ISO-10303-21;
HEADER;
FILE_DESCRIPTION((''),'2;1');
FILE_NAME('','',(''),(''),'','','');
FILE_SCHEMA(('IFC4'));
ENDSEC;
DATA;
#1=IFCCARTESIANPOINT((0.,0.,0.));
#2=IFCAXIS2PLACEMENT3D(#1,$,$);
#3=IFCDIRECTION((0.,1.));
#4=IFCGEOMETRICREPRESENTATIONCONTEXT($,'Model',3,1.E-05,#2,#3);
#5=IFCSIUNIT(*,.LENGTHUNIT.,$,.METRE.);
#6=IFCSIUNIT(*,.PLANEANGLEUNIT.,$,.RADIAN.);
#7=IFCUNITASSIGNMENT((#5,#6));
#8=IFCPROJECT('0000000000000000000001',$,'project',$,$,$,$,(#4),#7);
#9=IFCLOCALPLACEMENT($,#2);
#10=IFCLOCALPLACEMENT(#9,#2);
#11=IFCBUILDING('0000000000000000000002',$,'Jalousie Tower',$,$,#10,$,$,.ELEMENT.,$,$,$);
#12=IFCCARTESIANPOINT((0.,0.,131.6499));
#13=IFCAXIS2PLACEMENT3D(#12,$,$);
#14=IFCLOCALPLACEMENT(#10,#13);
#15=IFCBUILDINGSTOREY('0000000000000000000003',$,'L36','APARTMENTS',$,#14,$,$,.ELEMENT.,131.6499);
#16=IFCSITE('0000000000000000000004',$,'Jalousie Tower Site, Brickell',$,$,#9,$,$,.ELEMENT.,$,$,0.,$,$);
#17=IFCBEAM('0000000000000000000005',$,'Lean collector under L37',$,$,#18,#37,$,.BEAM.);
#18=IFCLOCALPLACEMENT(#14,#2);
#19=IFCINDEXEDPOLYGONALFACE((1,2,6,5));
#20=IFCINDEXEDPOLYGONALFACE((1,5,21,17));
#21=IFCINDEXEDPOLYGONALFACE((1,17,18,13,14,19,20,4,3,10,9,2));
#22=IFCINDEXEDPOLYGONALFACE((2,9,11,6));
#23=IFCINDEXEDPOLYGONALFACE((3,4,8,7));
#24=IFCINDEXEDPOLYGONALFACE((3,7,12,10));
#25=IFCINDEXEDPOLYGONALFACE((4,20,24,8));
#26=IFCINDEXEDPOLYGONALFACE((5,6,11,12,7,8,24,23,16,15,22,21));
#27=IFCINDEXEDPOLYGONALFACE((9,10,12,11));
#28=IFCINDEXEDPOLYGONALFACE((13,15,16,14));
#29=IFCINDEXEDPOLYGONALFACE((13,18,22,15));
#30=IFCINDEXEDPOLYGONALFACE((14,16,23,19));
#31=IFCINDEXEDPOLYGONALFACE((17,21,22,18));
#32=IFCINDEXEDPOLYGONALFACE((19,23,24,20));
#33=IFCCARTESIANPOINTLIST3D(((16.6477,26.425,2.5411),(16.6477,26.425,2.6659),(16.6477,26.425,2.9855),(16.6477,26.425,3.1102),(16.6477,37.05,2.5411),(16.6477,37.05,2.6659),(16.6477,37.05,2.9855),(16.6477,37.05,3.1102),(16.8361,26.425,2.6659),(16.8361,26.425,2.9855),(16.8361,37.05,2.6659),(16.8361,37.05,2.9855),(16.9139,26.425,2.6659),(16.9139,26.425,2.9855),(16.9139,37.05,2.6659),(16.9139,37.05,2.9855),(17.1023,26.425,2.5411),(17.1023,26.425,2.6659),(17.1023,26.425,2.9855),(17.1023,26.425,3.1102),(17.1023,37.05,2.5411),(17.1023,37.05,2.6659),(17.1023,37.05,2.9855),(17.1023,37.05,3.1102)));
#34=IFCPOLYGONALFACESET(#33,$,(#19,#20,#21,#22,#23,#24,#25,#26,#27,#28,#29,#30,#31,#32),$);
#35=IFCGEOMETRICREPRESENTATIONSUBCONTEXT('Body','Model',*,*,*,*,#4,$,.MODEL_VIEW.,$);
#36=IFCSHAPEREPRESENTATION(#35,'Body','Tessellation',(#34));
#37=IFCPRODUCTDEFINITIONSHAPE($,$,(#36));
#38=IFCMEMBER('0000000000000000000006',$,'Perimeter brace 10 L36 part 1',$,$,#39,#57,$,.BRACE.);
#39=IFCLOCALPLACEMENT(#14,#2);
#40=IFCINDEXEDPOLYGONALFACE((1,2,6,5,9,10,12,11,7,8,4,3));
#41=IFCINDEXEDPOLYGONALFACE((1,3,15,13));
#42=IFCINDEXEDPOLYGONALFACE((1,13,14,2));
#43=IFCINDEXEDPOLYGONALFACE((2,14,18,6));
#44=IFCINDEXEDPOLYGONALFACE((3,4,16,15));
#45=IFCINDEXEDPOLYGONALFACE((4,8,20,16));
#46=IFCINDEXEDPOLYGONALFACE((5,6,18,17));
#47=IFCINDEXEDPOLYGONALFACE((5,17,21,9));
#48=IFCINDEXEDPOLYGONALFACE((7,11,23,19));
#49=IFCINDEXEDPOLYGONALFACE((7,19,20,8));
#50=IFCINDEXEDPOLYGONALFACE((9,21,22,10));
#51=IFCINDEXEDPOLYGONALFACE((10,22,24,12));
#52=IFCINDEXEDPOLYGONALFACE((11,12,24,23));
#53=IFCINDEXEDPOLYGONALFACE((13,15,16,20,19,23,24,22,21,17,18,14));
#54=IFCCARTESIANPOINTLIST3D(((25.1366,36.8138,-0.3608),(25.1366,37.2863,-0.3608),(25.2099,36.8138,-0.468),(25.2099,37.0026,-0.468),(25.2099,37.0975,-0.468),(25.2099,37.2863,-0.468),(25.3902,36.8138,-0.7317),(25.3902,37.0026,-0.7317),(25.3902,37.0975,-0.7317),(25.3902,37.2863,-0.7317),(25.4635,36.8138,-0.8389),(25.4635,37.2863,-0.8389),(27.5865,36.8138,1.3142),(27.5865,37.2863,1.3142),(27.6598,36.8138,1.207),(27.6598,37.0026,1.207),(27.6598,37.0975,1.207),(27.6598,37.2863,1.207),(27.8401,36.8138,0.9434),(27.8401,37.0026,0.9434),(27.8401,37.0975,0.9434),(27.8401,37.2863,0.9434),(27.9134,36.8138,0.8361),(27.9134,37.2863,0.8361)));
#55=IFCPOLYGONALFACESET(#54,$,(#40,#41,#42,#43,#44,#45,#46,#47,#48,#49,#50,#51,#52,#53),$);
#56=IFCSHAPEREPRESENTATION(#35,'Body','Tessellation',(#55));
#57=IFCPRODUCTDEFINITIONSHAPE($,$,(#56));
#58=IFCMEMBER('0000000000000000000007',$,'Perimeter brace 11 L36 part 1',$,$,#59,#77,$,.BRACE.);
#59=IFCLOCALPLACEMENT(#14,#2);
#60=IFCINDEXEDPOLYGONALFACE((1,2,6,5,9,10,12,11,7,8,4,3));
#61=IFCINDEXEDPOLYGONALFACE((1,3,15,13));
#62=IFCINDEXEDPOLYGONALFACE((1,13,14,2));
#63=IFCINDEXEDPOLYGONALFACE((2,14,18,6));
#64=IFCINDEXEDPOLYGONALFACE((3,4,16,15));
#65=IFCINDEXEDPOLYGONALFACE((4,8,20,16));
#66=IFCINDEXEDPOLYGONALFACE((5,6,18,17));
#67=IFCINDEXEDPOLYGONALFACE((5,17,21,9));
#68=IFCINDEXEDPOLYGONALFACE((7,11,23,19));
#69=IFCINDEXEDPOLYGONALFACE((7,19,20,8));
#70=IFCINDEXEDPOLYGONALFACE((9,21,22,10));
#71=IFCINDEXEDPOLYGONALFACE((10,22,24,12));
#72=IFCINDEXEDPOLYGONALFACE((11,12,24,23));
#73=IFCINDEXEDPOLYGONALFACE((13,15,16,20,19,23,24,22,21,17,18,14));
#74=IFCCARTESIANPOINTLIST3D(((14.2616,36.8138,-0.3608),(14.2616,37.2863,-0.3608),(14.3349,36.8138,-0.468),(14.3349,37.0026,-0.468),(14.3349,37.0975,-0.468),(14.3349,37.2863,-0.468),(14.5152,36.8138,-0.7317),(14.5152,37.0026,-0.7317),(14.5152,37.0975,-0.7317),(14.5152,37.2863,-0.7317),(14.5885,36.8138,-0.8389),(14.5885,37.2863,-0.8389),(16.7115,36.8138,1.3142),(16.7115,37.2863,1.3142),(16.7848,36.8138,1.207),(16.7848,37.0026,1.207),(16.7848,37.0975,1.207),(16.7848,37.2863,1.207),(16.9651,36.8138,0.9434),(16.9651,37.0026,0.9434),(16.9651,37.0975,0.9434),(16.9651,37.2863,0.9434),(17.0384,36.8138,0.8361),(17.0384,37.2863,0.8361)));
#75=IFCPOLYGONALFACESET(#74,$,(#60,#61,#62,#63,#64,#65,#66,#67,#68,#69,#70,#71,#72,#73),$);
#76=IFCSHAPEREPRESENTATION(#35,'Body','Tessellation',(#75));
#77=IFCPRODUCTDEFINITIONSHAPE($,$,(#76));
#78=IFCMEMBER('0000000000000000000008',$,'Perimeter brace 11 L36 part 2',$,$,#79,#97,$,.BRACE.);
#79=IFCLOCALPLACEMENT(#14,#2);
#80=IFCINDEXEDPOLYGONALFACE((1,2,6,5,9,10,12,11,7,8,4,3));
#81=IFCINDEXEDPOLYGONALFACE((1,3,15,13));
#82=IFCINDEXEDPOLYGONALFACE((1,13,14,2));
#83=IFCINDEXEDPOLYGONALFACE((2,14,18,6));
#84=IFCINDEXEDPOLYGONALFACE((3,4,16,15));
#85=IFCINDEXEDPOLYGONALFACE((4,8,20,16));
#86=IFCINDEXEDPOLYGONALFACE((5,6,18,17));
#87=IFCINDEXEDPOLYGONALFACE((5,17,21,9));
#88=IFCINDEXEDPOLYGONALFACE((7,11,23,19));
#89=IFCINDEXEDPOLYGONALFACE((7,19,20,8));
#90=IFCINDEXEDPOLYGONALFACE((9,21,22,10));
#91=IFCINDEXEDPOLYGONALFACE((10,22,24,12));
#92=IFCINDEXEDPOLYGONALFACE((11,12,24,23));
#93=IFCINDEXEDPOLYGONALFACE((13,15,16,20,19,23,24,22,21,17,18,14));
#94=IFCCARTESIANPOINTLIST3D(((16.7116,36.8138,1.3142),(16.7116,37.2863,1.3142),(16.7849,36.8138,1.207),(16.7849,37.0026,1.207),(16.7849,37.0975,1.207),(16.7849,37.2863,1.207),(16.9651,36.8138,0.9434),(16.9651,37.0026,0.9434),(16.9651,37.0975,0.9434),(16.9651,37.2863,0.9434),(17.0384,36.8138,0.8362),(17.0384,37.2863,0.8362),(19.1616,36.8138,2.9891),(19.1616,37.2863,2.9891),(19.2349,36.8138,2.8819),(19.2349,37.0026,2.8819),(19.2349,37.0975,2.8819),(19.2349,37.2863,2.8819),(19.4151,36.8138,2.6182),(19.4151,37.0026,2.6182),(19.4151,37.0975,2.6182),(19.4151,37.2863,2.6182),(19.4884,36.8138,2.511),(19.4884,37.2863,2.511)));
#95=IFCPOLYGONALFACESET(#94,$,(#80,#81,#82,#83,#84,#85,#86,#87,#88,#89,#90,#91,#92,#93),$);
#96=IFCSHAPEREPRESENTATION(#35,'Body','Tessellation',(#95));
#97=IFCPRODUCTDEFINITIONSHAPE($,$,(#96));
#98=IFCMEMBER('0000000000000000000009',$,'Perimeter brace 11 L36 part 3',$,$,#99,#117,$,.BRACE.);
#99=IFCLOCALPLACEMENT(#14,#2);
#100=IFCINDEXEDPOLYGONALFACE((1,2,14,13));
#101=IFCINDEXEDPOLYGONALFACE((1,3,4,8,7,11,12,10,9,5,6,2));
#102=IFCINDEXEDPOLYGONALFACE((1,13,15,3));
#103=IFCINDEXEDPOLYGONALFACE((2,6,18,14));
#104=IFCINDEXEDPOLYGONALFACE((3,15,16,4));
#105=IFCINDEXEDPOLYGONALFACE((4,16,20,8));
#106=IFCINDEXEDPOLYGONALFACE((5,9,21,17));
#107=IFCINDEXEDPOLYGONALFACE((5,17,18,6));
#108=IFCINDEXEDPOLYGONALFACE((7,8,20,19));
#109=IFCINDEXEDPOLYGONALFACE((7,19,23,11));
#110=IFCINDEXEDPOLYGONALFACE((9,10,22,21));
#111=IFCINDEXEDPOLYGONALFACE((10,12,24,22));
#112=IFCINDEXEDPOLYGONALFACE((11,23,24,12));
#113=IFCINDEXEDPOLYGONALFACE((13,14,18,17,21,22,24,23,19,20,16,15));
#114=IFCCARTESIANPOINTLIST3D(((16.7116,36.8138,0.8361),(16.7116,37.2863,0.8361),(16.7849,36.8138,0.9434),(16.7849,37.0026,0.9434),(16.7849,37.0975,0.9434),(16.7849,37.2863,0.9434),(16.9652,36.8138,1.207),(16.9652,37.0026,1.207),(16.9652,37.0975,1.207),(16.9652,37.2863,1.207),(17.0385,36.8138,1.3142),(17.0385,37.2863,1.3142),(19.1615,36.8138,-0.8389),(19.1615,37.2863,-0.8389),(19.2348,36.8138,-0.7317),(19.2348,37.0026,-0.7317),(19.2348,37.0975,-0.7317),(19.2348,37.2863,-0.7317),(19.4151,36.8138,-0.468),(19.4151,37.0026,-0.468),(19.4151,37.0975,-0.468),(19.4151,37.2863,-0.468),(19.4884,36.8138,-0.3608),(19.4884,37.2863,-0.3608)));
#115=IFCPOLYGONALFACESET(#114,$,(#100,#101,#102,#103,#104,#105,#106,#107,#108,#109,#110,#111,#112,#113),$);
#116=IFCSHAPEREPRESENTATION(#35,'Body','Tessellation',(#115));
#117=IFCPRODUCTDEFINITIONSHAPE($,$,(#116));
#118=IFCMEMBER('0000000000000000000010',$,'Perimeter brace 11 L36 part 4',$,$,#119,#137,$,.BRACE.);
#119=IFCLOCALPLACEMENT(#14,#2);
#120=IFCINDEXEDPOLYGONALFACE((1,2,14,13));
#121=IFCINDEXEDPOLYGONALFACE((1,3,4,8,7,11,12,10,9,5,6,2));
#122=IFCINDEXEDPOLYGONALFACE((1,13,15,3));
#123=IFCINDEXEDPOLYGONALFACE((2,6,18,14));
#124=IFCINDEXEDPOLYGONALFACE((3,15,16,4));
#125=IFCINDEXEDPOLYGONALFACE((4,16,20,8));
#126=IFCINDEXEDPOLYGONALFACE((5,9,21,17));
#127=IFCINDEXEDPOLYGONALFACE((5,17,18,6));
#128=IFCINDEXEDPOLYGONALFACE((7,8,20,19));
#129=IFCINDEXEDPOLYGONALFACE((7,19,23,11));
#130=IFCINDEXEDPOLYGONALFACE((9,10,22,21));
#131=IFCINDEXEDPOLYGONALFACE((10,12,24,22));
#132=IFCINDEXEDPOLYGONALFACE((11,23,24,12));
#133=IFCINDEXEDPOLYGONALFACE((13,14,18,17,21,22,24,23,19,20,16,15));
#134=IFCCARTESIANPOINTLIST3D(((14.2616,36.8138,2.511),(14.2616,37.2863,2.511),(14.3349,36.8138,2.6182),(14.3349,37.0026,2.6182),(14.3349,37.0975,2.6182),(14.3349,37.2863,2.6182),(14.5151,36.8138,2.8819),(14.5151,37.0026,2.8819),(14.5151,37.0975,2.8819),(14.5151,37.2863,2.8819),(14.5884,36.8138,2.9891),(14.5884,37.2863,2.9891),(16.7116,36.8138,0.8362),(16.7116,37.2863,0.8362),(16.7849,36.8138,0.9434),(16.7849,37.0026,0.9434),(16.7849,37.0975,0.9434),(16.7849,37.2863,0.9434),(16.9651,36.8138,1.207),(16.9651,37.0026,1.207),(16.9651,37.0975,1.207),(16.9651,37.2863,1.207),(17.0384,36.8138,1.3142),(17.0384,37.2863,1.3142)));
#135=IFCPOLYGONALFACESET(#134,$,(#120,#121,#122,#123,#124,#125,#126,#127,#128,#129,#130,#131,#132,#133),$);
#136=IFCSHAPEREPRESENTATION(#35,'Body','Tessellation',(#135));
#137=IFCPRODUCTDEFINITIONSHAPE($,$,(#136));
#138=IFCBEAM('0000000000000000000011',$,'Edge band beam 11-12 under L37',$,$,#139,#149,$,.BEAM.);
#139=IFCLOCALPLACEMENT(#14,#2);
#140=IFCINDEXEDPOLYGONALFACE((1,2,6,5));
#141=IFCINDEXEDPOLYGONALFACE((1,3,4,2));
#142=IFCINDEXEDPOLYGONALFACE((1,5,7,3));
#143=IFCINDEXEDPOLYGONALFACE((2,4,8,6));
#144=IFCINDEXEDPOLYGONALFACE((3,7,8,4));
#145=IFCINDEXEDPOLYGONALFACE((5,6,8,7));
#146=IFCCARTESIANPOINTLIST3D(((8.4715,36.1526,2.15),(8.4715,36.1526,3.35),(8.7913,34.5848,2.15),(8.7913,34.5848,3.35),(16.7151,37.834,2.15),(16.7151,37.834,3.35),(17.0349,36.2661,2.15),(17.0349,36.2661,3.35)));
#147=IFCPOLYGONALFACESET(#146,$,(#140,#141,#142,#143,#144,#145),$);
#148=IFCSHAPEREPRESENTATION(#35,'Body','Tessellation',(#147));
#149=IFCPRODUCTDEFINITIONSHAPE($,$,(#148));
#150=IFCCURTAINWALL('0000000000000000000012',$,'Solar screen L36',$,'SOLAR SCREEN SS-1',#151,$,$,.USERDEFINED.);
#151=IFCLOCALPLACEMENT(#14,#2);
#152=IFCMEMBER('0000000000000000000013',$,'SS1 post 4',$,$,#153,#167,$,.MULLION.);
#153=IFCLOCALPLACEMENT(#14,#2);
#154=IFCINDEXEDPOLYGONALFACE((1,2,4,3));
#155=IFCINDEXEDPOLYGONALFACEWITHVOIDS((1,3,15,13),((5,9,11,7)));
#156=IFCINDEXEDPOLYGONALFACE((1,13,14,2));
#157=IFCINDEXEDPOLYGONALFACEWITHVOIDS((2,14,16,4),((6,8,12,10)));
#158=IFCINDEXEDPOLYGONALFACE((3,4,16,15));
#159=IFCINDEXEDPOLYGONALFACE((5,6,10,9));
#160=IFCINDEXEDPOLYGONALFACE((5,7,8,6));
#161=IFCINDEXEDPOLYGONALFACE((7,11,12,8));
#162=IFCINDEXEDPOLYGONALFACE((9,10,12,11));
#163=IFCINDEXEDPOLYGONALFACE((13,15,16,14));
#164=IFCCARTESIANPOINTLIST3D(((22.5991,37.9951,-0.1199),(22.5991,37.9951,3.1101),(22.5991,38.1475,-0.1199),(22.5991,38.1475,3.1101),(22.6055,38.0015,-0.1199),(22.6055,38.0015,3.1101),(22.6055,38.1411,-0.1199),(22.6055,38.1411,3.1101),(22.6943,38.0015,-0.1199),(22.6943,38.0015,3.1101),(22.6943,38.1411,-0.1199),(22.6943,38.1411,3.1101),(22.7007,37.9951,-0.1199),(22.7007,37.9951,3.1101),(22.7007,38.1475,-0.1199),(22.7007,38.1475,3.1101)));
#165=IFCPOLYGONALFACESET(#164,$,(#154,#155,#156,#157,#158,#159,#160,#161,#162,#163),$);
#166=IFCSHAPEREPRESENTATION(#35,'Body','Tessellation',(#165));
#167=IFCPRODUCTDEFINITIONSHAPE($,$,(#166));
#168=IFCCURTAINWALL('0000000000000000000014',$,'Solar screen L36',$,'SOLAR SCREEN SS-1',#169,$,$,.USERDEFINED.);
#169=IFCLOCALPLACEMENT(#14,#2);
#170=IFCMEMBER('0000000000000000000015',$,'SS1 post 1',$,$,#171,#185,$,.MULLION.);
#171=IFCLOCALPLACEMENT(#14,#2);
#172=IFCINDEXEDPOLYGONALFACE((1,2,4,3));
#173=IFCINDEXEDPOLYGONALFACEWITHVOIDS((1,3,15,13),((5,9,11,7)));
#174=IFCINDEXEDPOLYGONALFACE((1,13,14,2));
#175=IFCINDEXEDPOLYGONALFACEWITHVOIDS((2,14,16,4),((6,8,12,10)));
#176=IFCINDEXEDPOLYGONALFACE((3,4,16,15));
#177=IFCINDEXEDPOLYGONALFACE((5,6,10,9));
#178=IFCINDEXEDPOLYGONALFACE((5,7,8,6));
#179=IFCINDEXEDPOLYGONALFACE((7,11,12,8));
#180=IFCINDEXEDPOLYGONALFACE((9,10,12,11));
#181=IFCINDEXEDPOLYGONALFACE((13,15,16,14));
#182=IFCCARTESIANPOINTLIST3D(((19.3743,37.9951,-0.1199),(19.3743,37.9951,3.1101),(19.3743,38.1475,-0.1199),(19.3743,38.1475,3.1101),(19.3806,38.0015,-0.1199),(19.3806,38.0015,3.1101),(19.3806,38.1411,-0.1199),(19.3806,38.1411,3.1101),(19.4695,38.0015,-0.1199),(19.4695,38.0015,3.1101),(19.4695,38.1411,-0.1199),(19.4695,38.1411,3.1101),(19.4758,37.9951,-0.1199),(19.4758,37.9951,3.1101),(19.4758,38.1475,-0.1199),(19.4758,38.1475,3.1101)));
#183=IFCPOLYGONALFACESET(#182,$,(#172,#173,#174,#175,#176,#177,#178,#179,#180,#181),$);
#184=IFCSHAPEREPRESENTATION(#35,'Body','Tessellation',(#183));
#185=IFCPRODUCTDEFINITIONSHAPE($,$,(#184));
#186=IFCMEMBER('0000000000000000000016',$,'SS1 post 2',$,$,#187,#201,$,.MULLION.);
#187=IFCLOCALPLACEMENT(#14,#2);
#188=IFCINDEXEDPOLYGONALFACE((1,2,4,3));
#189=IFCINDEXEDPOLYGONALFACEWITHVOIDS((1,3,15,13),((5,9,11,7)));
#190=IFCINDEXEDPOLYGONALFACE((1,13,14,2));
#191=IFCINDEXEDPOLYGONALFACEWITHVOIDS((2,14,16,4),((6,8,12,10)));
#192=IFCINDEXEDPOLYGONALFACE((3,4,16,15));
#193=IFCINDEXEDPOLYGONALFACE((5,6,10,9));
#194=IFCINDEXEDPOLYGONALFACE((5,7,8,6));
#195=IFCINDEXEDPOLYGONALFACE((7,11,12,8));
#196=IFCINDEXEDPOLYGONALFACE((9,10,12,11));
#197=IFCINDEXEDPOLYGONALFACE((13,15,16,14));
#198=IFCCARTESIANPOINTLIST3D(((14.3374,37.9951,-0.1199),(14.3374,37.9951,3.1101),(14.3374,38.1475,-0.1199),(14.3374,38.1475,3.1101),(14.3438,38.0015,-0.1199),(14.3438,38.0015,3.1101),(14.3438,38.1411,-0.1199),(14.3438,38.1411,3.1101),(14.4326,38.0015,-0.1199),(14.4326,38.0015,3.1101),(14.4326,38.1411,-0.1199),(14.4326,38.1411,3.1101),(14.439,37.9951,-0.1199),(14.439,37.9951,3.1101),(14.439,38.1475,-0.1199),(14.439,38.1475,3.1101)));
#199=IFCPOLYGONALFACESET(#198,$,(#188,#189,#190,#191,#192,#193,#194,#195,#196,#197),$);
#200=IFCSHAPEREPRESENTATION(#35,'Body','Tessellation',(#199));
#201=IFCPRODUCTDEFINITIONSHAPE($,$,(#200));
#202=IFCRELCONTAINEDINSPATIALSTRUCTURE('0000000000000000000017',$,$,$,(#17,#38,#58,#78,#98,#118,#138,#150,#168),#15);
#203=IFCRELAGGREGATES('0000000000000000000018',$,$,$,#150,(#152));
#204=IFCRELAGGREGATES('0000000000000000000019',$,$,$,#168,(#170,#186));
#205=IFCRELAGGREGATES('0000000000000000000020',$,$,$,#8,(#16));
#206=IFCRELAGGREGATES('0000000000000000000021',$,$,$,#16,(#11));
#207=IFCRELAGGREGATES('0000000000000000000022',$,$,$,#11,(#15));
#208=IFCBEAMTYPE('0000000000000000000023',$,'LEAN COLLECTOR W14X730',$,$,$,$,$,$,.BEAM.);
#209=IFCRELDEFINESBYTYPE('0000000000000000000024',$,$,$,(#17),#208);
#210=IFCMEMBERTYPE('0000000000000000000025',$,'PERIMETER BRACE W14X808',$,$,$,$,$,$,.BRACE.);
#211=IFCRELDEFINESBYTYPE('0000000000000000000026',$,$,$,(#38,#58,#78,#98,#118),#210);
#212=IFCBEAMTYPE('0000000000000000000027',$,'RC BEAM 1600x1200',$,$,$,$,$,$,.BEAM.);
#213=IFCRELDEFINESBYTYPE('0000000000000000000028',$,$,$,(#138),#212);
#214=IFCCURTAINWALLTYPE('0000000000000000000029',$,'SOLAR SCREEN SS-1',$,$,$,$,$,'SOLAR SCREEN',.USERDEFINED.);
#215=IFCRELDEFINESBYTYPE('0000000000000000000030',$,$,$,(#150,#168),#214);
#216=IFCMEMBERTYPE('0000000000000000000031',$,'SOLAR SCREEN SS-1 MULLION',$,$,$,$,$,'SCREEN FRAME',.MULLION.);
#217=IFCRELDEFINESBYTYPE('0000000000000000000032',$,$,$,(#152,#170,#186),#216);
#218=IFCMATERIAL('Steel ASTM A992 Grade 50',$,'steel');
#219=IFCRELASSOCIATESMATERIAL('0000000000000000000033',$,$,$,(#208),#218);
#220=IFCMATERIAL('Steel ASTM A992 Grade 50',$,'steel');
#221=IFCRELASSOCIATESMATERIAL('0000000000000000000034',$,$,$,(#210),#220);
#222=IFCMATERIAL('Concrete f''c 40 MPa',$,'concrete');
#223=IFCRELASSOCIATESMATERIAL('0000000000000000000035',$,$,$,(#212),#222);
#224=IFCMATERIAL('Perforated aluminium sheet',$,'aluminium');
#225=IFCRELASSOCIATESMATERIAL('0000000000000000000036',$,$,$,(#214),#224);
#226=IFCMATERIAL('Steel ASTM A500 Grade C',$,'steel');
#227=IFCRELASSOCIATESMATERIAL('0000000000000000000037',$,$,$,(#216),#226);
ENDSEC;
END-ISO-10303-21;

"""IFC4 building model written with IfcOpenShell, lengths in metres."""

from ifc_helpers import new_model, si_unit, direction, frame, origin, origin_2d, place, context, subcontext, project, spatial, rectangle, hollow_rectangle, i_section, extrude, material, material_profile, profile_set, type_object, element, aggregate, save


model = new_model("IFC4")

# Units and contexts
model_context = context("Model", 3, precision=1e-05, world=origin(), true_north=direction((0.0, 1.0)))
body_context = subcontext(model_context, "Body", "Model", "MODEL_VIEW")
ifc_project = project(units=[si_unit("LENGTHUNIT", "METRE"), si_unit("PLANEANGLEUNIT", "RADIAN")], contexts=[model_context])

# Site, building, storey
site_placement = place(None, origin())
site = spatial("IfcSite", under=ifc_project, at=site_placement, Name="Jalousie Tower Site, Brickell", CompositionType="ELEMENT", RefElevation=0.0)
building_placement = place(site_placement, origin())
building = spatial("IfcBuilding", under=site, at=building_placement, Name="Jalousie Tower", CompositionType="ELEMENT")
storey_placement = place(building_placement, frame((0.0, 0.0, 131.6499)))
storey = spatial("IfcBuildingStorey", under=building, at=storey_placement, Name="L36", Description="APARTMENTS", CompositionType="ELEMENT", Elevation=131.6499)

# Beam
ifc_material_1 = material(Name="Steel ASTM A992 Grade 50", Category="steel")
ifc_material_profile_1 = material_profile(ifc_material_1, i_section(OverallWidth=0.4546, OverallDepth=0.5691, WebThickness=0.0779, FlangeThickness=0.1248, at=origin_2d()), Name="W14X730")
ifc_profile_set_1 = profile_set([ifc_material_profile_1], Name="Steel ASTM A992 Grade 50")
beam_type_1 = type_object("IfcBeamType", Name="LEAN COLLECTOR W14X730", PredefinedType="BEAM", material=ifc_profile_set_1)
beam_1_placement = place(storey_placement, frame((16.875, 37.05, 2.8257), z_axis=(0.0, -1.0, 0.0), x_axis=(1.0, 0.0, 0.0)))
element("IfcBeam", 1, at=beam_1_placement, inside=storey, type_object=beam_type_1, Name="Lean collector under L37", PredefinedType="BEAM", context=body_context, shape_type="SweptSolid", body=[
    extrude(i_section(OverallWidth=0.4546, OverallDepth=0.5691, WebThickness=0.0779, FlangeThickness=0.1248, at=origin_2d()), origin(), (0.0, 0.0, 1.0), 10.625),
])

# Members
ifc_material_2 = material(Name="Steel ASTM A992 Grade 50", Category="steel")
ifc_material_profile_2 = material_profile(ifc_material_2, i_section(OverallWidth=0.4724, OverallDepth=0.5791, WebThickness=0.095, FlangeThickness=0.1299, at=origin_2d()), Name="W14X808")
ifc_profile_set_2 = profile_set([ifc_material_profile_2], Name="Steel ASTM A992 Grade 50")
member_type_1 = type_object("IfcMemberType", Name="PERIMETER BRACE W14X808", PredefinedType="BRACE", material=ifc_profile_set_2)
for number, where, z_axis, x_axis, name in (
    (2, (25.3, 37.05, -0.5999), (0.825501, 0.0, 0.564401), (0.0, 1.0, 0.0), "Perimeter brace 10 L36 part 1"),
    (3, (14.425, 37.05, -0.5999), (0.825501, 0.0, 0.564401), (0.0, 1.0, 0.0), "Perimeter brace 11 L36 part 1"),
    (4, (16.875, 37.05, 1.0752), (0.825539, 0.0, 0.564345), (0.0, 1.0, 0.0), "Perimeter brace 11 L36 part 2"),
    (5, (19.325, 37.05, -0.5999), (-0.825501, 0.0, 0.564401), (0.0, -1.0, 0.0), "Perimeter brace 11 L36 part 3"),
    (6, (16.875, 37.05, 1.0752), (-0.825539, 0.0, 0.564345), (0.0, -1.0, 0.0), "Perimeter brace 11 L36 part 4"),
):
    element("IfcMember", number, at=place(storey_placement, frame(where, z_axis=z_axis, x_axis=x_axis)), inside=storey, type_object=member_type_1, Name=name, PredefinedType="BRACE", context=body_context, shape_type="SweptSolid", body=[
        extrude(i_section(OverallWidth=0.4724, OverallDepth=0.5791, WebThickness=0.095, FlangeThickness=0.1299, at=origin_2d()), origin(), (0.0, 0.0, 1.0), 2.9678),
    ])

# Beam
ifc_material_3 = material(Name="Concrete f'c 40 MPa", Category="concrete")
ifc_material_profile_3 = material_profile(ifc_material_3, rectangle(XDim=1.6001, YDim=1.2, at=origin_2d()), Name="RC 1600x1200")
ifc_profile_set_3 = profile_set([ifc_material_profile_3], Name="Concrete f'c 40 MPa")
beam_type_2 = type_object("IfcBeamType", Name="RC BEAM 1600x1200", PredefinedType="BEAM", material=ifc_profile_set_3)
beam_2_placement = place(storey_placement, frame((16.875, 37.05, 2.75), z_axis=(-0.979827, -0.199848, 0.0), x_axis=(0.199848, -0.979827, 0.0)))
element("IfcBeam", 7, at=beam_2_placement, inside=storey, type_object=beam_type_2, Name="Edge band beam 11-12 under L37", PredefinedType="BEAM", context=body_context, shape_type="SweptSolid", body=[
    extrude(rectangle(XDim=1.6001, YDim=1.2, at=origin_2d()), origin(), (0.0, 0.0, 1.0), 8.4133),
])

# Curtain wall, member
ifc_material_4 = material(Name="Perforated aluminium sheet", Category="aluminium")
curtain_wall_type = type_object("IfcCurtainWallType", Name="SOLAR SCREEN SS-1", ElementType="SOLAR SCREEN", PredefinedType="USERDEFINED", material=ifc_material_4)
curtain_wall_1_placement = place(storey_placement, origin())
curtain_wall_1 = element("IfcCurtainWall", 8, at=curtain_wall_1_placement, inside=storey, type_object=curtain_wall_type, Name="Solar screen L36", ObjectType="SOLAR SCREEN SS-1", PredefinedType="USERDEFINED")
ifc_material_5 = material(Name="Steel ASTM A500 Grade C", Category="steel")
ifc_material_profile_4 = material_profile(ifc_material_5, hollow_rectangle(XDim=0.1016, YDim=0.1523, WallThickness=0.0063, at=origin_2d()), Name="HSS6X4X1/4")
ifc_profile_set_4 = profile_set([ifc_material_profile_4], Name="Steel ASTM A500 Grade C")
member_type_2 = type_object("IfcMemberType", Name="SOLAR SCREEN SS-1 MULLION", ElementType="SCREEN FRAME", PredefinedType="MULLION", material=ifc_profile_set_4)
member_1_placement = place(storey_placement, frame((22.6499, 38.0713, -0.1199), z_axis=(0.0, 0.0, 1.0), x_axis=(-1.0, 0.0, 0.0)))
member_1 = element("IfcMember", 9, at=member_1_placement, type_object=member_type_2, Name="SS1 post 4", PredefinedType="MULLION", context=body_context, shape_type="SweptSolid", body=[
    extrude(hollow_rectangle(XDim=0.1016, YDim=0.1523, WallThickness=0.0063, at=origin_2d()), origin(), (0.0, 0.0, 1.0), 3.23),
])

# Curtain wall, members
curtain_wall_2_placement = place(storey_placement, origin())
curtain_wall_2 = element("IfcCurtainWall", 10, at=curtain_wall_2_placement, inside=storey, type_object=curtain_wall_type, Name="Solar screen L36", ObjectType="SOLAR SCREEN SS-1", PredefinedType="USERDEFINED")
member_2_placement = place(storey_placement, frame((19.425, 38.0713, -0.1199), z_axis=(0.0, 0.0, 1.0), x_axis=(-1.0, 0.0, 0.0)))
member_2 = element("IfcMember", 11, at=member_2_placement, type_object=member_type_2, Name="SS1 post 1", PredefinedType="MULLION", context=body_context, shape_type="SweptSolid", body=[
    extrude(hollow_rectangle(XDim=0.1016, YDim=0.1523, WallThickness=0.0063, at=origin_2d()), origin(), (0.0, 0.0, 1.0), 3.23),
])
member_3_placement = place(storey_placement, frame((14.3882, 38.0713, -0.1199), z_axis=(0.0, 0.0, 1.0), x_axis=(-1.0, 0.0, 0.0)))
member_3 = element("IfcMember", 12, at=member_3_placement, type_object=member_type_2, Name="SS1 post 2", PredefinedType="MULLION", context=body_context, shape_type="SweptSolid", body=[
    extrude(hollow_rectangle(XDim=0.1016, YDim=0.1523, WallThickness=0.0063, at=origin_2d()), origin(), (0.0, 0.0, 1.0), 3.23),
])

aggregate(curtain_wall_1, [member_1])
aggregate(curtain_wall_2, [member_2, member_3])

save(model, "model.ifc")
